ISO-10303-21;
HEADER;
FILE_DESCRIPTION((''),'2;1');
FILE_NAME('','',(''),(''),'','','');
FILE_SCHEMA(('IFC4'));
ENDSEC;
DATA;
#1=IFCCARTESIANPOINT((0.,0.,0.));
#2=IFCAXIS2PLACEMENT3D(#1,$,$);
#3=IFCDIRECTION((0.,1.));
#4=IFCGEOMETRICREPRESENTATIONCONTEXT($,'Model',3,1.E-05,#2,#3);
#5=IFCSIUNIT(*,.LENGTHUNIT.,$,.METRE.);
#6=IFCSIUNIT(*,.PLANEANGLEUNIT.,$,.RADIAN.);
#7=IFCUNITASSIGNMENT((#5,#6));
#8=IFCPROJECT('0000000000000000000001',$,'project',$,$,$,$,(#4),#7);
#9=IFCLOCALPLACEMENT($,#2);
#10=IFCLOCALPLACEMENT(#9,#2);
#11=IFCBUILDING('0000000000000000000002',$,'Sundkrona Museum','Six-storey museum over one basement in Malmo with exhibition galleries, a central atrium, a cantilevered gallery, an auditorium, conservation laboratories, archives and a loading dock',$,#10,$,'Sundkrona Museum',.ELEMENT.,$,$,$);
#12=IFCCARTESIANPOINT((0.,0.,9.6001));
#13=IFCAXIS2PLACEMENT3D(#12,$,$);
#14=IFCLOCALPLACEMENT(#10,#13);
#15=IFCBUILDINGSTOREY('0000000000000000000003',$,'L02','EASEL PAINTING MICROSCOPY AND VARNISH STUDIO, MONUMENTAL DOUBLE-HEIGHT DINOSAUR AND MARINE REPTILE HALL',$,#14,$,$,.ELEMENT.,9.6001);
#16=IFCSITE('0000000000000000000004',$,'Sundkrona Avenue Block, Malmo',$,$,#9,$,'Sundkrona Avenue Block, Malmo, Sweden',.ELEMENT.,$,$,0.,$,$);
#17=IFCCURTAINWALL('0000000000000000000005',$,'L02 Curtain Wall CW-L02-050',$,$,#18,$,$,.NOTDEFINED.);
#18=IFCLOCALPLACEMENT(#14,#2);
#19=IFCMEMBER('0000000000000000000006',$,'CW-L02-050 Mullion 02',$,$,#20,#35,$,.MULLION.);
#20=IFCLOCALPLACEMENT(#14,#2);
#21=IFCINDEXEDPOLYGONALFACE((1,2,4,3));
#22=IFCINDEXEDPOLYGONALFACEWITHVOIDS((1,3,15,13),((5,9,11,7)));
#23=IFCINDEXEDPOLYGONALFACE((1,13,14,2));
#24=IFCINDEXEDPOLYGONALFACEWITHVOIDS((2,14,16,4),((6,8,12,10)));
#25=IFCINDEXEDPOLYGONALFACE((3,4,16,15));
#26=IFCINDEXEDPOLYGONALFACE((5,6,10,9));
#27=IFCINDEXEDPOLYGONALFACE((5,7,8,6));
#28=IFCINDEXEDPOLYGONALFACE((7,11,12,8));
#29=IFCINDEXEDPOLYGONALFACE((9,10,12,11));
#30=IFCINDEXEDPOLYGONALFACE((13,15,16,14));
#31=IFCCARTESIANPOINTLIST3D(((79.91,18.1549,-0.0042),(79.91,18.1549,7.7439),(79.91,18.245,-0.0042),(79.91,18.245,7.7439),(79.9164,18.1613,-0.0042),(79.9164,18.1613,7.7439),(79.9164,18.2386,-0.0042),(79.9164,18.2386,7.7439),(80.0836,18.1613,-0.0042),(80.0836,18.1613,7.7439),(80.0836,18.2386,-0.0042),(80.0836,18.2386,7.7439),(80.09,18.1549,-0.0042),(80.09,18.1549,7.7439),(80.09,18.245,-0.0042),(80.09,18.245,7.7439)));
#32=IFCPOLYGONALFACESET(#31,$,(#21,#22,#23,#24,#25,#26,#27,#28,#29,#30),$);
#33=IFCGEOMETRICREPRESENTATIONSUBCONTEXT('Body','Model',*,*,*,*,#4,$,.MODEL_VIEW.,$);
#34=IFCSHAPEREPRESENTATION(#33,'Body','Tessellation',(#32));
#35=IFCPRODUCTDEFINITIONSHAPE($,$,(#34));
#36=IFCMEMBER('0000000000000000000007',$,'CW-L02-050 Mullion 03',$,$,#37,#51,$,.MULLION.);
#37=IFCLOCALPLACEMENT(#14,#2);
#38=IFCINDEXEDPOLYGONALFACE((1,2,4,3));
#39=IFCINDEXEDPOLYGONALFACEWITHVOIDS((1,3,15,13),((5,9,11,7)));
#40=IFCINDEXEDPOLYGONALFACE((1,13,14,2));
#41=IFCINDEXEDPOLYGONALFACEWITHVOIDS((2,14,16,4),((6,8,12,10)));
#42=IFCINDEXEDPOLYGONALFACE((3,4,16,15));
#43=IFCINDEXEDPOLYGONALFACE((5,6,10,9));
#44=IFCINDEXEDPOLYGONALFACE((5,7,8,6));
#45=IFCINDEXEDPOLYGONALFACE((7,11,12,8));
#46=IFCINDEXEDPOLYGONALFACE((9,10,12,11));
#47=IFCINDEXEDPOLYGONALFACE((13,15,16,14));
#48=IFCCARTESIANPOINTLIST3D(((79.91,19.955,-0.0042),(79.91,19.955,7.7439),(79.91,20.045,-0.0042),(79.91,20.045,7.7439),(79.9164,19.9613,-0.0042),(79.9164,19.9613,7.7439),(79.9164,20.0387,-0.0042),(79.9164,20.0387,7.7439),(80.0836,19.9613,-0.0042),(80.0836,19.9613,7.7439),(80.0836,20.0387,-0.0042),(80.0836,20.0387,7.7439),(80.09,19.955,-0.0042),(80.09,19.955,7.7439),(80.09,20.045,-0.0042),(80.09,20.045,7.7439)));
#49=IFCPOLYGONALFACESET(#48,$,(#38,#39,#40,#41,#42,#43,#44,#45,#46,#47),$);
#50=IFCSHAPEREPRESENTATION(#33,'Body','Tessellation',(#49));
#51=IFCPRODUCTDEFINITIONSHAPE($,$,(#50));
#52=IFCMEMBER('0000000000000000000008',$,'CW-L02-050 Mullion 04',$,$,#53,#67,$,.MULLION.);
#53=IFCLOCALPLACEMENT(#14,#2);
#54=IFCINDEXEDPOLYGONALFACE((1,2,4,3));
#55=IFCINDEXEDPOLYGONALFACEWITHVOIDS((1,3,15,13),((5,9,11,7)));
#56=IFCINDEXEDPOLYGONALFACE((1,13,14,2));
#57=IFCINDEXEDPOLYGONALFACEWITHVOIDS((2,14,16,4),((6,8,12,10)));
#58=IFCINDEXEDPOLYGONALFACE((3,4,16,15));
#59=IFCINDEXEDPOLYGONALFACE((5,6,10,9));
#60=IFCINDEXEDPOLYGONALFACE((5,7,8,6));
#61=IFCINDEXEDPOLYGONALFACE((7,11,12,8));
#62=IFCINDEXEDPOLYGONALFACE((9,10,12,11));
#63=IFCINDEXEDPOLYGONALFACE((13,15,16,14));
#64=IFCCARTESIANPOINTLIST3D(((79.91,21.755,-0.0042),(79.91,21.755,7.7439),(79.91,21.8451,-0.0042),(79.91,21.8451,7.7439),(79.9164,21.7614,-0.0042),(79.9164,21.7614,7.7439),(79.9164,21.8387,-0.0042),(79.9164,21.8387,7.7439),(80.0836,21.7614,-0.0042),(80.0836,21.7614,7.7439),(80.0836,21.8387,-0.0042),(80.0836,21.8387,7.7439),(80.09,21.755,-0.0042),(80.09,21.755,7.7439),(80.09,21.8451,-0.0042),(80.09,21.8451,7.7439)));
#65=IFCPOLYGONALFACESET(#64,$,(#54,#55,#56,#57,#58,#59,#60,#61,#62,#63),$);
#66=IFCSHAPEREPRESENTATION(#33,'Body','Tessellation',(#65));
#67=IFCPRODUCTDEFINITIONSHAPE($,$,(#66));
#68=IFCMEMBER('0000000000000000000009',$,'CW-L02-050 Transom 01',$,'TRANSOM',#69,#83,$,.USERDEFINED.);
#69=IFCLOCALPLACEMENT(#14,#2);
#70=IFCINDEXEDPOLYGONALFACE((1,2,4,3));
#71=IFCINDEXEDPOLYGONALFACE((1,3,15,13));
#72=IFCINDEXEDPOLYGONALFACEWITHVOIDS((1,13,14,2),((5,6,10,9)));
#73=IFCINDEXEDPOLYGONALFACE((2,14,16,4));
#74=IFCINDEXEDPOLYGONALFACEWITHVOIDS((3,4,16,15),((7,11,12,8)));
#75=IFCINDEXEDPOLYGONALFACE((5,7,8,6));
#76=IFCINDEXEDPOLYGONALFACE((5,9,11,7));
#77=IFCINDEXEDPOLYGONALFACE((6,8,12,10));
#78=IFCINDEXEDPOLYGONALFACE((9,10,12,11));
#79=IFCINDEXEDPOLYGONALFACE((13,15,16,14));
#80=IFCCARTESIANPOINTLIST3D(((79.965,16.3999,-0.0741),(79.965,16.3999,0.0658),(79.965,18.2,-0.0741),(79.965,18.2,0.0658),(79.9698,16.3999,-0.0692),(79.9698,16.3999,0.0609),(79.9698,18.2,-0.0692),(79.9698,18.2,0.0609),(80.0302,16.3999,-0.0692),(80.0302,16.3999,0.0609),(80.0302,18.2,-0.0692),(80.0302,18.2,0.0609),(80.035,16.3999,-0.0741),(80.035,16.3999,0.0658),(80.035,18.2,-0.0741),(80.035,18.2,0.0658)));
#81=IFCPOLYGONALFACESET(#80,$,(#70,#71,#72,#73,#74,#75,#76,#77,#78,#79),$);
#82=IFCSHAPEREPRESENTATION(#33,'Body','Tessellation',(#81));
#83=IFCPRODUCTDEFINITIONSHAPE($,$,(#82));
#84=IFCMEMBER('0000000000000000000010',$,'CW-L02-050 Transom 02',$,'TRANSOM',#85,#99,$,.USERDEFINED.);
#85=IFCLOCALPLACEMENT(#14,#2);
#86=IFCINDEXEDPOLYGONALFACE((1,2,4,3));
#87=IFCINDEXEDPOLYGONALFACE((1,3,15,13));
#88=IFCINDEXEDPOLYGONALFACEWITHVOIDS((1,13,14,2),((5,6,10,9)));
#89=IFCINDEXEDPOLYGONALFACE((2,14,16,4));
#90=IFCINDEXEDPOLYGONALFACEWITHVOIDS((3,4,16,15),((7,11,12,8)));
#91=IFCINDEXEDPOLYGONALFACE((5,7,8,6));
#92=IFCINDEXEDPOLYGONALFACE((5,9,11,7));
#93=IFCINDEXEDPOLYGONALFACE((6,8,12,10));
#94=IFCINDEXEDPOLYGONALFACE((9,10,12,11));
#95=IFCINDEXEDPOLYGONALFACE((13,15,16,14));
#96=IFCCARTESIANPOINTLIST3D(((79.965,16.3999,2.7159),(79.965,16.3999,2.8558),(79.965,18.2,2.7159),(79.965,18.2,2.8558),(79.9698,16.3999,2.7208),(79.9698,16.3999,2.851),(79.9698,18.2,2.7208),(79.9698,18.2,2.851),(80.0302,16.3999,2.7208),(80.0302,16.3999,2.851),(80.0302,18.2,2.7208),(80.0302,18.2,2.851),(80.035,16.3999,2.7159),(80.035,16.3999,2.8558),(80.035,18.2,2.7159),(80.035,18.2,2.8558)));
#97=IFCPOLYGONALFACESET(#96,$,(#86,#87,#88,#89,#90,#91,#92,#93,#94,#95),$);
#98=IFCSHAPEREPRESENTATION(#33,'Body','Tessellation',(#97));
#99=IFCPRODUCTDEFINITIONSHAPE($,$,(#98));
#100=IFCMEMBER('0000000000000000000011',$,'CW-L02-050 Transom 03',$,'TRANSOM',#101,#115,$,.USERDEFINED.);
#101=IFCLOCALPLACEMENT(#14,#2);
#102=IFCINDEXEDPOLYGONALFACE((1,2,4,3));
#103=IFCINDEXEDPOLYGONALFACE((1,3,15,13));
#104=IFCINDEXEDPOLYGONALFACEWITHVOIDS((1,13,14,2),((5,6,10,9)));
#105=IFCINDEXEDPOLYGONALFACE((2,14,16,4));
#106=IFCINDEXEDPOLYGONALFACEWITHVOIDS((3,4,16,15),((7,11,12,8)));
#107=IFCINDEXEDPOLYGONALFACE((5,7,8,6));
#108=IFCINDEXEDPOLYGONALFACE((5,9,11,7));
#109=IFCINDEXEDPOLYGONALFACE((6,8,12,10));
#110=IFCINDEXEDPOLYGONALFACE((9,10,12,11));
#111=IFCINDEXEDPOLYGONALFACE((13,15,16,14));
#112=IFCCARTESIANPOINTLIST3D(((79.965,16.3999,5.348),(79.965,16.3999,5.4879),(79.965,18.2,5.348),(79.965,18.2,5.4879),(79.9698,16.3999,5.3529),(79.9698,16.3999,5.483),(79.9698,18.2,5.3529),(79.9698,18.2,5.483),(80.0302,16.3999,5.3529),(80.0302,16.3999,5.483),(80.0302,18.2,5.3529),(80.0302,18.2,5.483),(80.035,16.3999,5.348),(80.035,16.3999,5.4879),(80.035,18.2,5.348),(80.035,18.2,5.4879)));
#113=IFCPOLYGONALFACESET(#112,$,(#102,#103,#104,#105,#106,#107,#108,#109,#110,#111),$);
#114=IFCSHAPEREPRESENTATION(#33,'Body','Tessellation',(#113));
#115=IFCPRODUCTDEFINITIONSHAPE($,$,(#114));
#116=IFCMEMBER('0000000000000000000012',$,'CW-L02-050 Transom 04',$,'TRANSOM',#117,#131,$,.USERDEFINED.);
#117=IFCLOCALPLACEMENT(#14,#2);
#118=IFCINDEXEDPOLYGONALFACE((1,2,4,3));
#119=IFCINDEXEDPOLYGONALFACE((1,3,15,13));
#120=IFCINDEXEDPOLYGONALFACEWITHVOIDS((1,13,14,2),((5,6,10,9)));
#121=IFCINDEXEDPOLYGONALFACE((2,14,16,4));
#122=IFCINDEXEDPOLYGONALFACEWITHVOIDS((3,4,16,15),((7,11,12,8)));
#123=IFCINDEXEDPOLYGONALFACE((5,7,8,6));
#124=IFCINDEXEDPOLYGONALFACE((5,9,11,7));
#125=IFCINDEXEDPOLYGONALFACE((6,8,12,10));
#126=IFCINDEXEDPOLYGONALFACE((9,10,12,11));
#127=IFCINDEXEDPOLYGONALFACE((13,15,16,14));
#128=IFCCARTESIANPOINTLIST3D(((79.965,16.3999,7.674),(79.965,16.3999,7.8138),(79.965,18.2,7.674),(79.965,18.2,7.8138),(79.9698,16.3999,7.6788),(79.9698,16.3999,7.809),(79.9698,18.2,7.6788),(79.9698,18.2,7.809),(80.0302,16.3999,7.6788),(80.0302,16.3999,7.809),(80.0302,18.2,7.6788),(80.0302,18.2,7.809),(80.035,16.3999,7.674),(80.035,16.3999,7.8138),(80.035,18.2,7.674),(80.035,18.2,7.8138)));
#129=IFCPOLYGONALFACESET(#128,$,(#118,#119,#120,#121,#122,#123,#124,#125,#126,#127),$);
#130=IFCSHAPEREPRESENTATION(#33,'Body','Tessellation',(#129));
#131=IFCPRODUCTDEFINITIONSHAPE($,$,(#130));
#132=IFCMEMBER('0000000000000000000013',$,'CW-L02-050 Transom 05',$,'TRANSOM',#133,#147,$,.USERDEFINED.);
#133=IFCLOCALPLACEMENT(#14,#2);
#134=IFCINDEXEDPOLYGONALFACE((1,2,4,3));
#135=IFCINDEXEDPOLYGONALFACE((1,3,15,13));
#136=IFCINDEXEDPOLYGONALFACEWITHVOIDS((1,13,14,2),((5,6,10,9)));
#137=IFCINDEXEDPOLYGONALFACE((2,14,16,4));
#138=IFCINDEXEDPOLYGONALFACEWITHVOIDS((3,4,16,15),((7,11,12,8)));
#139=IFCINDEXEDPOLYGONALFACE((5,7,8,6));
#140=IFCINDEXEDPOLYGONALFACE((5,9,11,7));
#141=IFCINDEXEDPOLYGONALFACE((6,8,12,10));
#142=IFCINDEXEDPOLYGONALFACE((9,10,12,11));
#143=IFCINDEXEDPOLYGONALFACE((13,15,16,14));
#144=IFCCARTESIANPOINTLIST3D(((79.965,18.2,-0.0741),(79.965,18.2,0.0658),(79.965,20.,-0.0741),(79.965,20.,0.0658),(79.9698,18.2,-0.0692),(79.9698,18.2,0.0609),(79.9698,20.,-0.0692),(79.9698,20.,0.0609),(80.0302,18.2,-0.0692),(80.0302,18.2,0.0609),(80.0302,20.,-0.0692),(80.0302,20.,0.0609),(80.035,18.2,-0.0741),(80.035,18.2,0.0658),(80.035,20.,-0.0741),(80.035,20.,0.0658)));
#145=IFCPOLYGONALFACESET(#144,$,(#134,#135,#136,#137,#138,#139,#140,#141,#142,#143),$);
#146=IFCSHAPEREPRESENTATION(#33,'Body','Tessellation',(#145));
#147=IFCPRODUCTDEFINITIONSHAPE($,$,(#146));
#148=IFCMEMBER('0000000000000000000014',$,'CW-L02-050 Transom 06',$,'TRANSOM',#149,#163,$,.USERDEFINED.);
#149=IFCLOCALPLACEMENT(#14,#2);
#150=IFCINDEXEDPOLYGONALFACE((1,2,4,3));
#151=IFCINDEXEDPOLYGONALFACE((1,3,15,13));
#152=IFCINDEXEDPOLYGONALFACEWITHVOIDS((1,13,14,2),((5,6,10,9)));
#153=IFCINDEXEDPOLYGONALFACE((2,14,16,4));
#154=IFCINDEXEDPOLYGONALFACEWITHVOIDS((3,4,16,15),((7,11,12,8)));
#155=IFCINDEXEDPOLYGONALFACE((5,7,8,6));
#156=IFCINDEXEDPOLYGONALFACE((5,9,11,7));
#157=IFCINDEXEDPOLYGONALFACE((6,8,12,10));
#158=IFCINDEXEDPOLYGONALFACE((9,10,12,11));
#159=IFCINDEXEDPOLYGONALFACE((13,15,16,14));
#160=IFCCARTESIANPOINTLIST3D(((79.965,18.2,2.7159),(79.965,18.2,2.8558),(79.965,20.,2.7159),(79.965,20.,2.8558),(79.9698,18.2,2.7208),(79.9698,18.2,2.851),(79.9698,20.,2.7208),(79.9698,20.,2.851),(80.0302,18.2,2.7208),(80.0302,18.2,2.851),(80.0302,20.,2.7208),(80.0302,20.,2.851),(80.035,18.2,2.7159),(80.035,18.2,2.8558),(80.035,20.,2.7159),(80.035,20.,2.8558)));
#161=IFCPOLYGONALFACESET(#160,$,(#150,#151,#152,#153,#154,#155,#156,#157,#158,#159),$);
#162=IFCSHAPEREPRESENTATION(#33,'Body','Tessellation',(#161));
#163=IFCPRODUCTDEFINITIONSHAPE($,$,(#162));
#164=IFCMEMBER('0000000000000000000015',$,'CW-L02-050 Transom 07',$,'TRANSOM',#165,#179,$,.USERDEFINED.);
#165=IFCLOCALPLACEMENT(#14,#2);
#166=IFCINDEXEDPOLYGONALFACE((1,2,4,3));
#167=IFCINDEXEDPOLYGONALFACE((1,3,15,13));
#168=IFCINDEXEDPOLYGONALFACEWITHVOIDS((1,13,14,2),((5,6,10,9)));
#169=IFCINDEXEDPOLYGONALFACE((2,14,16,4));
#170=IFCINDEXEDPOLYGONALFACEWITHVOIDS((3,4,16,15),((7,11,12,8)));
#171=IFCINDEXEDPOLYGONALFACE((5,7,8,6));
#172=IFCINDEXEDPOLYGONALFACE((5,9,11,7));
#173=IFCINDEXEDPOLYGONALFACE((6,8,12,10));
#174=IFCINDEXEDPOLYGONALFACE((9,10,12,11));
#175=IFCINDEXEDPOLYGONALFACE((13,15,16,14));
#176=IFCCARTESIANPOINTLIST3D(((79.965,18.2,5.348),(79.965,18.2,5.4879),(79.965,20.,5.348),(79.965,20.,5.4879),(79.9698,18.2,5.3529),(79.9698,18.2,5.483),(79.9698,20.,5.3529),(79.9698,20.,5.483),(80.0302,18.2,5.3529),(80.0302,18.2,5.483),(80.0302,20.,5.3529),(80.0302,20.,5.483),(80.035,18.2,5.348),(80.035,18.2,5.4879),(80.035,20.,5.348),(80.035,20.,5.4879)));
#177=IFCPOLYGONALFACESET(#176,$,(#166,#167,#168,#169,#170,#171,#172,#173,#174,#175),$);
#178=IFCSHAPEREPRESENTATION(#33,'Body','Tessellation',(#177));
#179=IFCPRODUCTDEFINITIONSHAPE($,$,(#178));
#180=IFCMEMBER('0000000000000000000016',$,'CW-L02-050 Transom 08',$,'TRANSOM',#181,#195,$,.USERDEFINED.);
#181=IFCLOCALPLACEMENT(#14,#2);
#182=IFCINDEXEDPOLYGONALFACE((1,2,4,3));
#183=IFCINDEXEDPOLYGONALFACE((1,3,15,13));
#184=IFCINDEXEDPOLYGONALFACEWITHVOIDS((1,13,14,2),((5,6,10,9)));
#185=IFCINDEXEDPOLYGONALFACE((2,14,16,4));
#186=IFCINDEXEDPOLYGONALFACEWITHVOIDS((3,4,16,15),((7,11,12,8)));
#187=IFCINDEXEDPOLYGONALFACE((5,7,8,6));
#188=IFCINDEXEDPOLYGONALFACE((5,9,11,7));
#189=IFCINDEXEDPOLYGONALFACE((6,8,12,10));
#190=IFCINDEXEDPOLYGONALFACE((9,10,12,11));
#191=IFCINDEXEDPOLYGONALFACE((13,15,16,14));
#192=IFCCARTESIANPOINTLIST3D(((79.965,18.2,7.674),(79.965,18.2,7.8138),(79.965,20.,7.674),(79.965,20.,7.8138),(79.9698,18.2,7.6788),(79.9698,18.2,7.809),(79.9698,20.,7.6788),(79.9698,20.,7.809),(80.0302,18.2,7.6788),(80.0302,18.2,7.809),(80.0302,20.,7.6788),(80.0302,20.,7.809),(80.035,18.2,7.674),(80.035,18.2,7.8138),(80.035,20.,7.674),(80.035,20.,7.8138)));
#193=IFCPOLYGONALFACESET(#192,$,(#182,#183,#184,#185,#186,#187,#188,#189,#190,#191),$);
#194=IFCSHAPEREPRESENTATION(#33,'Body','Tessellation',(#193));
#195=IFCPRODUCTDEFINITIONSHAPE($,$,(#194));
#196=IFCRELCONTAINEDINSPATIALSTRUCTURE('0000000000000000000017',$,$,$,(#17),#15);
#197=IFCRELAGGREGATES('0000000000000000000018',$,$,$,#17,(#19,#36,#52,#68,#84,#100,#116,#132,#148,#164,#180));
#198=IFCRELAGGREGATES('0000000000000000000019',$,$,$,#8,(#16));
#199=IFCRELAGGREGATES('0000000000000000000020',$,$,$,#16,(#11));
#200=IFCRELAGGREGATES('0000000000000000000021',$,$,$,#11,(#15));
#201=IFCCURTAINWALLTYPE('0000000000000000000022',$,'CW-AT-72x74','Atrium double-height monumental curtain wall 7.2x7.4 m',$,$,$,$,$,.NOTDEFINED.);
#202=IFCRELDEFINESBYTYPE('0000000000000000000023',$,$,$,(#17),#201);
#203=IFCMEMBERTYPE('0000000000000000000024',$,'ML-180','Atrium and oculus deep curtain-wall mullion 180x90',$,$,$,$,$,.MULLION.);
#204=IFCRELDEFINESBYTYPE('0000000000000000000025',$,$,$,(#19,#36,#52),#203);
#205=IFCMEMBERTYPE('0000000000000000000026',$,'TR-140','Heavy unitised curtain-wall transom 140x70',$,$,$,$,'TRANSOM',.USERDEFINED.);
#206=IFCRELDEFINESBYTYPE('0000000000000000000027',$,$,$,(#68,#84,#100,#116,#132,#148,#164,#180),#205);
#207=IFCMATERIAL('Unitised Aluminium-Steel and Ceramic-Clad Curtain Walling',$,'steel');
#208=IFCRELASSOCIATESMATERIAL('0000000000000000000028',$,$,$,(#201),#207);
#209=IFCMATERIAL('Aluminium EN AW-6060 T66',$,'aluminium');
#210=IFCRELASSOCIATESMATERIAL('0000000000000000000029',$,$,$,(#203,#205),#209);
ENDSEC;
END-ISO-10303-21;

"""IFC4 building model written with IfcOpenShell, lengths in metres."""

from ifc_helpers import new_model, si_unit, direction, frame, origin, origin_2d, place, context, subcontext, project, spatial, hollow_rectangle, extrude, material, material_profile, profile_set, type_object, element, aggregate, save


model = new_model("IFC4")

# Units and contexts
model_context = context("Model", 3, precision=1e-05, world=origin(), true_north=direction((0.0, 1.0)))
body_context = subcontext(model_context, "Body", "Model", "MODEL_VIEW")
ifc_project = project(units=[si_unit("LENGTHUNIT", "METRE"), si_unit("PLANEANGLEUNIT", "RADIAN")], contexts=[model_context])

# Site, building, storey
site_placement = place(None, origin())
site = spatial("IfcSite", under=ifc_project, at=site_placement, Name="Sundkrona Avenue Block, Malmo", LongName="Sundkrona Avenue Block, Malmo, Sweden", CompositionType="ELEMENT", RefElevation=0.0)
building_placement = place(site_placement, origin())
building = spatial("IfcBuilding", under=site, at=building_placement, Name="Sundkrona Museum", Description="Six-storey museum over one basement in Malmo with exhibition galleries, a central atrium, a cantilevered gallery, an auditorium, conservation laboratories, archives and a loading dock", LongName="Sundkrona Museum", CompositionType="ELEMENT")
storey_placement = place(building_placement, frame((0.0, 0.0, 9.6001)))
storey = spatial("IfcBuildingStorey", under=building, at=storey_placement, Name="L02", Description="EASEL PAINTING MICROSCOPY AND VARNISH STUDIO, MONUMENTAL DOUBLE-HEIGHT DINOSAUR AND MARINE REPTILE HALL", CompositionType="ELEMENT", Elevation=9.6001)

# Curtain wall, members
ifc_material_1 = material(Name="Unitised Aluminium-Steel and Ceramic-Clad Curtain Walling", Category="steel")
curtain_wall_type = type_object("IfcCurtainWallType", Name="CW-AT-72x74", Description="Atrium double-height monumental curtain wall 7.2x7.4 m", PredefinedType="NOTDEFINED", material=ifc_material_1)
curtain_wall_placement = place(storey_placement, origin())
curtain_wall = element("IfcCurtainWall", 1, at=curtain_wall_placement, inside=storey, type_object=curtain_wall_type, Name="L02 Curtain Wall CW-L02-050", PredefinedType="NOTDEFINED")
ifc_material_2 = material(Name="Aluminium EN AW-6060 T66", Category="aluminium")
ifc_material_profile_1 = material_profile(ifc_material_2, hollow_rectangle(XDim=0.0901, YDim=0.1799, WallThickness=0.0063, at=origin_2d()), Name="RHS 180x90x6.3")
ifc_profile_set_1 = profile_set([ifc_material_profile_1], Name="Aluminium EN AW-6060 T66")
member_type_1 = type_object("IfcMemberType", Name="ML-180", Description="Atrium and oculus deep curtain-wall mullion 180x90", PredefinedType="MULLION", material=ifc_profile_set_1)
member_1_placement = place(storey_placement, frame((80.0, 18.2, -0.0042), z_axis=(0.0, 0.0, 1.0), x_axis=(0.0, 1.0, 0.0)))
member_1 = element("IfcMember", 2, at=member_1_placement, type_object=member_type_1, Name="CW-L02-050 Mullion 02", PredefinedType="MULLION", context=body_context, shape_type="SweptSolid", body=[
    extrude(hollow_rectangle(XDim=0.0901, YDim=0.1799, WallThickness=0.0063, at=origin_2d()), origin(), (0.0, 0.0, 1.0), 7.748),
])
member_2_placement = place(storey_placement, frame((80.0, 20.0, -0.0042), z_axis=(0.0, 0.0, 1.0), x_axis=(0.0, 1.0, 0.0)))
member_2 = element("IfcMember", 3, at=member_2_placement, type_object=member_type_1, Name="CW-L02-050 Mullion 03", PredefinedType="MULLION", context=body_context, shape_type="SweptSolid", body=[
    extrude(hollow_rectangle(XDim=0.0901, YDim=0.1799, WallThickness=0.0063, at=origin_2d()), origin(), (0.0, 0.0, 1.0), 7.748),
])
member_3_placement = place(storey_placement, frame((80.0, 21.8, -0.0042), z_axis=(0.0, 0.0, 1.0), x_axis=(0.0, 1.0, 0.0)))
member_3 = element("IfcMember", 4, at=member_3_placement, type_object=member_type_1, Name="CW-L02-050 Mullion 04", PredefinedType="MULLION", context=body_context, shape_type="SweptSolid", body=[
    extrude(hollow_rectangle(XDim=0.0901, YDim=0.1799, WallThickness=0.0063, at=origin_2d()), origin(), (0.0, 0.0, 1.0), 7.748),
])
ifc_material_profile_2 = material_profile(ifc_material_2, hollow_rectangle(XDim=0.0701, YDim=0.1399, WallThickness=0.0049, at=origin_2d()), Name="RHS 140x70x5.0")
ifc_profile_set_2 = profile_set([ifc_material_profile_2], Name="Aluminium EN AW-6060 T66")
member_type_2 = type_object("IfcMemberType", Name="TR-140", Description="Heavy unitised curtain-wall transom 140x70", ElementType="TRANSOM", PredefinedType="USERDEFINED", material=ifc_profile_set_2)
member_4_placement = place(storey_placement, frame((80.0, 16.3999, -0.0042), z_axis=(0.0, 1.0, 0.0), x_axis=(-1.0, 0.0, 0.0)))
member_4 = element("IfcMember", 5, at=member_4_placement, type_object=member_type_2, Name="CW-L02-050 Transom 01", ObjectType="TRANSOM", PredefinedType="USERDEFINED", context=body_context, shape_type="SweptSolid", body=[
    extrude(hollow_rectangle(XDim=0.0701, YDim=0.1399, WallThickness=0.0049, at=origin_2d()), origin(), (0.0, 0.0, 1.0), 1.8),
])
member_5_placement = place(storey_placement, frame((80.0, 16.3999, 2.7859), z_axis=(0.0, 1.0, 0.0), x_axis=(-1.0, 0.0, 0.0)))
member_5 = element("IfcMember", 6, at=member_5_placement, type_object=member_type_2, Name="CW-L02-050 Transom 02", ObjectType="TRANSOM", PredefinedType="USERDEFINED", context=body_context, shape_type="SweptSolid", body=[
    extrude(hollow_rectangle(XDim=0.0701, YDim=0.1399, WallThickness=0.0049, at=origin_2d()), origin(), (0.0, 0.0, 1.0), 1.8),
])
member_6_placement = place(storey_placement, frame((80.0, 16.3999, 5.418), z_axis=(0.0, 1.0, 0.0), x_axis=(-1.0, 0.0, 0.0)))
member_6 = element("IfcMember", 7, at=member_6_placement, type_object=member_type_2, Name="CW-L02-050 Transom 03", ObjectType="TRANSOM", PredefinedType="USERDEFINED", context=body_context, shape_type="SweptSolid", body=[
    extrude(hollow_rectangle(XDim=0.0701, YDim=0.1399, WallThickness=0.0049, at=origin_2d()), origin(), (0.0, 0.0, 1.0), 1.8),
])
member_7_placement = place(storey_placement, frame((80.0, 16.3999, 7.7439), z_axis=(0.0, 1.0, 0.0), x_axis=(-1.0, 0.0, 0.0)))
member_7 = element("IfcMember", 8, at=member_7_placement, type_object=member_type_2, Name="CW-L02-050 Transom 04", ObjectType="TRANSOM", PredefinedType="USERDEFINED", context=body_context, shape_type="SweptSolid", body=[
    extrude(hollow_rectangle(XDim=0.0701, YDim=0.1399, WallThickness=0.0049, at=origin_2d()), origin(), (0.0, 0.0, 1.0), 1.8),
])
member_8_placement = place(storey_placement, frame((80.0, 18.2, -0.0042), z_axis=(0.0, 1.0, 0.0), x_axis=(-1.0, 0.0, 0.0)))
member_8 = element("IfcMember", 9, at=member_8_placement, type_object=member_type_2, Name="CW-L02-050 Transom 05", ObjectType="TRANSOM", PredefinedType="USERDEFINED", context=body_context, shape_type="SweptSolid", body=[
    extrude(hollow_rectangle(XDim=0.0701, YDim=0.1399, WallThickness=0.0049, at=origin_2d()), origin(), (0.0, 0.0, 1.0), 1.8),
])
member_9_placement = place(storey_placement, frame((80.0, 18.2, 2.7859), z_axis=(0.0, 1.0, 0.0), x_axis=(-1.0, 0.0, 0.0)))
member_9 = element("IfcMember", 10, at=member_9_placement, type_object=member_type_2, Name="CW-L02-050 Transom 06", ObjectType="TRANSOM", PredefinedType="USERDEFINED", context=body_context, shape_type="SweptSolid", body=[
    extrude(hollow_rectangle(XDim=0.0701, YDim=0.1399, WallThickness=0.0049, at=origin_2d()), origin(), (0.0, 0.0, 1.0), 1.8),
])
member_10_placement = place(storey_placement, frame((80.0, 18.2, 5.418), z_axis=(0.0, 1.0, 0.0), x_axis=(-1.0, 0.0, 0.0)))
member_10 = element("IfcMember", 11, at=member_10_placement, type_object=member_type_2, Name="CW-L02-050 Transom 07", ObjectType="TRANSOM", PredefinedType="USERDEFINED", context=body_context, shape_type="SweptSolid", body=[
    extrude(hollow_rectangle(XDim=0.0701, YDim=0.1399, WallThickness=0.0049, at=origin_2d()), origin(), (0.0, 0.0, 1.0), 1.8),
])
member_11_placement = place(storey_placement, frame((80.0, 18.2, 7.7439), z_axis=(0.0, 1.0, 0.0), x_axis=(-1.0, 0.0, 0.0)))
member_11 = element("IfcMember", 12, at=member_11_placement, type_object=member_type_2, Name="CW-L02-050 Transom 08", ObjectType="TRANSOM", PredefinedType="USERDEFINED", context=body_context, shape_type="SweptSolid", body=[
    extrude(hollow_rectangle(XDim=0.0701, YDim=0.1399, WallThickness=0.0049, at=origin_2d()), origin(), (0.0, 0.0, 1.0), 1.8),
])
aggregate(curtain_wall, [member_1, member_2, member_3, member_4, member_5, member_6, member_7, member_8, member_9, member_10, member_11])

save(model, "model.ifc")
